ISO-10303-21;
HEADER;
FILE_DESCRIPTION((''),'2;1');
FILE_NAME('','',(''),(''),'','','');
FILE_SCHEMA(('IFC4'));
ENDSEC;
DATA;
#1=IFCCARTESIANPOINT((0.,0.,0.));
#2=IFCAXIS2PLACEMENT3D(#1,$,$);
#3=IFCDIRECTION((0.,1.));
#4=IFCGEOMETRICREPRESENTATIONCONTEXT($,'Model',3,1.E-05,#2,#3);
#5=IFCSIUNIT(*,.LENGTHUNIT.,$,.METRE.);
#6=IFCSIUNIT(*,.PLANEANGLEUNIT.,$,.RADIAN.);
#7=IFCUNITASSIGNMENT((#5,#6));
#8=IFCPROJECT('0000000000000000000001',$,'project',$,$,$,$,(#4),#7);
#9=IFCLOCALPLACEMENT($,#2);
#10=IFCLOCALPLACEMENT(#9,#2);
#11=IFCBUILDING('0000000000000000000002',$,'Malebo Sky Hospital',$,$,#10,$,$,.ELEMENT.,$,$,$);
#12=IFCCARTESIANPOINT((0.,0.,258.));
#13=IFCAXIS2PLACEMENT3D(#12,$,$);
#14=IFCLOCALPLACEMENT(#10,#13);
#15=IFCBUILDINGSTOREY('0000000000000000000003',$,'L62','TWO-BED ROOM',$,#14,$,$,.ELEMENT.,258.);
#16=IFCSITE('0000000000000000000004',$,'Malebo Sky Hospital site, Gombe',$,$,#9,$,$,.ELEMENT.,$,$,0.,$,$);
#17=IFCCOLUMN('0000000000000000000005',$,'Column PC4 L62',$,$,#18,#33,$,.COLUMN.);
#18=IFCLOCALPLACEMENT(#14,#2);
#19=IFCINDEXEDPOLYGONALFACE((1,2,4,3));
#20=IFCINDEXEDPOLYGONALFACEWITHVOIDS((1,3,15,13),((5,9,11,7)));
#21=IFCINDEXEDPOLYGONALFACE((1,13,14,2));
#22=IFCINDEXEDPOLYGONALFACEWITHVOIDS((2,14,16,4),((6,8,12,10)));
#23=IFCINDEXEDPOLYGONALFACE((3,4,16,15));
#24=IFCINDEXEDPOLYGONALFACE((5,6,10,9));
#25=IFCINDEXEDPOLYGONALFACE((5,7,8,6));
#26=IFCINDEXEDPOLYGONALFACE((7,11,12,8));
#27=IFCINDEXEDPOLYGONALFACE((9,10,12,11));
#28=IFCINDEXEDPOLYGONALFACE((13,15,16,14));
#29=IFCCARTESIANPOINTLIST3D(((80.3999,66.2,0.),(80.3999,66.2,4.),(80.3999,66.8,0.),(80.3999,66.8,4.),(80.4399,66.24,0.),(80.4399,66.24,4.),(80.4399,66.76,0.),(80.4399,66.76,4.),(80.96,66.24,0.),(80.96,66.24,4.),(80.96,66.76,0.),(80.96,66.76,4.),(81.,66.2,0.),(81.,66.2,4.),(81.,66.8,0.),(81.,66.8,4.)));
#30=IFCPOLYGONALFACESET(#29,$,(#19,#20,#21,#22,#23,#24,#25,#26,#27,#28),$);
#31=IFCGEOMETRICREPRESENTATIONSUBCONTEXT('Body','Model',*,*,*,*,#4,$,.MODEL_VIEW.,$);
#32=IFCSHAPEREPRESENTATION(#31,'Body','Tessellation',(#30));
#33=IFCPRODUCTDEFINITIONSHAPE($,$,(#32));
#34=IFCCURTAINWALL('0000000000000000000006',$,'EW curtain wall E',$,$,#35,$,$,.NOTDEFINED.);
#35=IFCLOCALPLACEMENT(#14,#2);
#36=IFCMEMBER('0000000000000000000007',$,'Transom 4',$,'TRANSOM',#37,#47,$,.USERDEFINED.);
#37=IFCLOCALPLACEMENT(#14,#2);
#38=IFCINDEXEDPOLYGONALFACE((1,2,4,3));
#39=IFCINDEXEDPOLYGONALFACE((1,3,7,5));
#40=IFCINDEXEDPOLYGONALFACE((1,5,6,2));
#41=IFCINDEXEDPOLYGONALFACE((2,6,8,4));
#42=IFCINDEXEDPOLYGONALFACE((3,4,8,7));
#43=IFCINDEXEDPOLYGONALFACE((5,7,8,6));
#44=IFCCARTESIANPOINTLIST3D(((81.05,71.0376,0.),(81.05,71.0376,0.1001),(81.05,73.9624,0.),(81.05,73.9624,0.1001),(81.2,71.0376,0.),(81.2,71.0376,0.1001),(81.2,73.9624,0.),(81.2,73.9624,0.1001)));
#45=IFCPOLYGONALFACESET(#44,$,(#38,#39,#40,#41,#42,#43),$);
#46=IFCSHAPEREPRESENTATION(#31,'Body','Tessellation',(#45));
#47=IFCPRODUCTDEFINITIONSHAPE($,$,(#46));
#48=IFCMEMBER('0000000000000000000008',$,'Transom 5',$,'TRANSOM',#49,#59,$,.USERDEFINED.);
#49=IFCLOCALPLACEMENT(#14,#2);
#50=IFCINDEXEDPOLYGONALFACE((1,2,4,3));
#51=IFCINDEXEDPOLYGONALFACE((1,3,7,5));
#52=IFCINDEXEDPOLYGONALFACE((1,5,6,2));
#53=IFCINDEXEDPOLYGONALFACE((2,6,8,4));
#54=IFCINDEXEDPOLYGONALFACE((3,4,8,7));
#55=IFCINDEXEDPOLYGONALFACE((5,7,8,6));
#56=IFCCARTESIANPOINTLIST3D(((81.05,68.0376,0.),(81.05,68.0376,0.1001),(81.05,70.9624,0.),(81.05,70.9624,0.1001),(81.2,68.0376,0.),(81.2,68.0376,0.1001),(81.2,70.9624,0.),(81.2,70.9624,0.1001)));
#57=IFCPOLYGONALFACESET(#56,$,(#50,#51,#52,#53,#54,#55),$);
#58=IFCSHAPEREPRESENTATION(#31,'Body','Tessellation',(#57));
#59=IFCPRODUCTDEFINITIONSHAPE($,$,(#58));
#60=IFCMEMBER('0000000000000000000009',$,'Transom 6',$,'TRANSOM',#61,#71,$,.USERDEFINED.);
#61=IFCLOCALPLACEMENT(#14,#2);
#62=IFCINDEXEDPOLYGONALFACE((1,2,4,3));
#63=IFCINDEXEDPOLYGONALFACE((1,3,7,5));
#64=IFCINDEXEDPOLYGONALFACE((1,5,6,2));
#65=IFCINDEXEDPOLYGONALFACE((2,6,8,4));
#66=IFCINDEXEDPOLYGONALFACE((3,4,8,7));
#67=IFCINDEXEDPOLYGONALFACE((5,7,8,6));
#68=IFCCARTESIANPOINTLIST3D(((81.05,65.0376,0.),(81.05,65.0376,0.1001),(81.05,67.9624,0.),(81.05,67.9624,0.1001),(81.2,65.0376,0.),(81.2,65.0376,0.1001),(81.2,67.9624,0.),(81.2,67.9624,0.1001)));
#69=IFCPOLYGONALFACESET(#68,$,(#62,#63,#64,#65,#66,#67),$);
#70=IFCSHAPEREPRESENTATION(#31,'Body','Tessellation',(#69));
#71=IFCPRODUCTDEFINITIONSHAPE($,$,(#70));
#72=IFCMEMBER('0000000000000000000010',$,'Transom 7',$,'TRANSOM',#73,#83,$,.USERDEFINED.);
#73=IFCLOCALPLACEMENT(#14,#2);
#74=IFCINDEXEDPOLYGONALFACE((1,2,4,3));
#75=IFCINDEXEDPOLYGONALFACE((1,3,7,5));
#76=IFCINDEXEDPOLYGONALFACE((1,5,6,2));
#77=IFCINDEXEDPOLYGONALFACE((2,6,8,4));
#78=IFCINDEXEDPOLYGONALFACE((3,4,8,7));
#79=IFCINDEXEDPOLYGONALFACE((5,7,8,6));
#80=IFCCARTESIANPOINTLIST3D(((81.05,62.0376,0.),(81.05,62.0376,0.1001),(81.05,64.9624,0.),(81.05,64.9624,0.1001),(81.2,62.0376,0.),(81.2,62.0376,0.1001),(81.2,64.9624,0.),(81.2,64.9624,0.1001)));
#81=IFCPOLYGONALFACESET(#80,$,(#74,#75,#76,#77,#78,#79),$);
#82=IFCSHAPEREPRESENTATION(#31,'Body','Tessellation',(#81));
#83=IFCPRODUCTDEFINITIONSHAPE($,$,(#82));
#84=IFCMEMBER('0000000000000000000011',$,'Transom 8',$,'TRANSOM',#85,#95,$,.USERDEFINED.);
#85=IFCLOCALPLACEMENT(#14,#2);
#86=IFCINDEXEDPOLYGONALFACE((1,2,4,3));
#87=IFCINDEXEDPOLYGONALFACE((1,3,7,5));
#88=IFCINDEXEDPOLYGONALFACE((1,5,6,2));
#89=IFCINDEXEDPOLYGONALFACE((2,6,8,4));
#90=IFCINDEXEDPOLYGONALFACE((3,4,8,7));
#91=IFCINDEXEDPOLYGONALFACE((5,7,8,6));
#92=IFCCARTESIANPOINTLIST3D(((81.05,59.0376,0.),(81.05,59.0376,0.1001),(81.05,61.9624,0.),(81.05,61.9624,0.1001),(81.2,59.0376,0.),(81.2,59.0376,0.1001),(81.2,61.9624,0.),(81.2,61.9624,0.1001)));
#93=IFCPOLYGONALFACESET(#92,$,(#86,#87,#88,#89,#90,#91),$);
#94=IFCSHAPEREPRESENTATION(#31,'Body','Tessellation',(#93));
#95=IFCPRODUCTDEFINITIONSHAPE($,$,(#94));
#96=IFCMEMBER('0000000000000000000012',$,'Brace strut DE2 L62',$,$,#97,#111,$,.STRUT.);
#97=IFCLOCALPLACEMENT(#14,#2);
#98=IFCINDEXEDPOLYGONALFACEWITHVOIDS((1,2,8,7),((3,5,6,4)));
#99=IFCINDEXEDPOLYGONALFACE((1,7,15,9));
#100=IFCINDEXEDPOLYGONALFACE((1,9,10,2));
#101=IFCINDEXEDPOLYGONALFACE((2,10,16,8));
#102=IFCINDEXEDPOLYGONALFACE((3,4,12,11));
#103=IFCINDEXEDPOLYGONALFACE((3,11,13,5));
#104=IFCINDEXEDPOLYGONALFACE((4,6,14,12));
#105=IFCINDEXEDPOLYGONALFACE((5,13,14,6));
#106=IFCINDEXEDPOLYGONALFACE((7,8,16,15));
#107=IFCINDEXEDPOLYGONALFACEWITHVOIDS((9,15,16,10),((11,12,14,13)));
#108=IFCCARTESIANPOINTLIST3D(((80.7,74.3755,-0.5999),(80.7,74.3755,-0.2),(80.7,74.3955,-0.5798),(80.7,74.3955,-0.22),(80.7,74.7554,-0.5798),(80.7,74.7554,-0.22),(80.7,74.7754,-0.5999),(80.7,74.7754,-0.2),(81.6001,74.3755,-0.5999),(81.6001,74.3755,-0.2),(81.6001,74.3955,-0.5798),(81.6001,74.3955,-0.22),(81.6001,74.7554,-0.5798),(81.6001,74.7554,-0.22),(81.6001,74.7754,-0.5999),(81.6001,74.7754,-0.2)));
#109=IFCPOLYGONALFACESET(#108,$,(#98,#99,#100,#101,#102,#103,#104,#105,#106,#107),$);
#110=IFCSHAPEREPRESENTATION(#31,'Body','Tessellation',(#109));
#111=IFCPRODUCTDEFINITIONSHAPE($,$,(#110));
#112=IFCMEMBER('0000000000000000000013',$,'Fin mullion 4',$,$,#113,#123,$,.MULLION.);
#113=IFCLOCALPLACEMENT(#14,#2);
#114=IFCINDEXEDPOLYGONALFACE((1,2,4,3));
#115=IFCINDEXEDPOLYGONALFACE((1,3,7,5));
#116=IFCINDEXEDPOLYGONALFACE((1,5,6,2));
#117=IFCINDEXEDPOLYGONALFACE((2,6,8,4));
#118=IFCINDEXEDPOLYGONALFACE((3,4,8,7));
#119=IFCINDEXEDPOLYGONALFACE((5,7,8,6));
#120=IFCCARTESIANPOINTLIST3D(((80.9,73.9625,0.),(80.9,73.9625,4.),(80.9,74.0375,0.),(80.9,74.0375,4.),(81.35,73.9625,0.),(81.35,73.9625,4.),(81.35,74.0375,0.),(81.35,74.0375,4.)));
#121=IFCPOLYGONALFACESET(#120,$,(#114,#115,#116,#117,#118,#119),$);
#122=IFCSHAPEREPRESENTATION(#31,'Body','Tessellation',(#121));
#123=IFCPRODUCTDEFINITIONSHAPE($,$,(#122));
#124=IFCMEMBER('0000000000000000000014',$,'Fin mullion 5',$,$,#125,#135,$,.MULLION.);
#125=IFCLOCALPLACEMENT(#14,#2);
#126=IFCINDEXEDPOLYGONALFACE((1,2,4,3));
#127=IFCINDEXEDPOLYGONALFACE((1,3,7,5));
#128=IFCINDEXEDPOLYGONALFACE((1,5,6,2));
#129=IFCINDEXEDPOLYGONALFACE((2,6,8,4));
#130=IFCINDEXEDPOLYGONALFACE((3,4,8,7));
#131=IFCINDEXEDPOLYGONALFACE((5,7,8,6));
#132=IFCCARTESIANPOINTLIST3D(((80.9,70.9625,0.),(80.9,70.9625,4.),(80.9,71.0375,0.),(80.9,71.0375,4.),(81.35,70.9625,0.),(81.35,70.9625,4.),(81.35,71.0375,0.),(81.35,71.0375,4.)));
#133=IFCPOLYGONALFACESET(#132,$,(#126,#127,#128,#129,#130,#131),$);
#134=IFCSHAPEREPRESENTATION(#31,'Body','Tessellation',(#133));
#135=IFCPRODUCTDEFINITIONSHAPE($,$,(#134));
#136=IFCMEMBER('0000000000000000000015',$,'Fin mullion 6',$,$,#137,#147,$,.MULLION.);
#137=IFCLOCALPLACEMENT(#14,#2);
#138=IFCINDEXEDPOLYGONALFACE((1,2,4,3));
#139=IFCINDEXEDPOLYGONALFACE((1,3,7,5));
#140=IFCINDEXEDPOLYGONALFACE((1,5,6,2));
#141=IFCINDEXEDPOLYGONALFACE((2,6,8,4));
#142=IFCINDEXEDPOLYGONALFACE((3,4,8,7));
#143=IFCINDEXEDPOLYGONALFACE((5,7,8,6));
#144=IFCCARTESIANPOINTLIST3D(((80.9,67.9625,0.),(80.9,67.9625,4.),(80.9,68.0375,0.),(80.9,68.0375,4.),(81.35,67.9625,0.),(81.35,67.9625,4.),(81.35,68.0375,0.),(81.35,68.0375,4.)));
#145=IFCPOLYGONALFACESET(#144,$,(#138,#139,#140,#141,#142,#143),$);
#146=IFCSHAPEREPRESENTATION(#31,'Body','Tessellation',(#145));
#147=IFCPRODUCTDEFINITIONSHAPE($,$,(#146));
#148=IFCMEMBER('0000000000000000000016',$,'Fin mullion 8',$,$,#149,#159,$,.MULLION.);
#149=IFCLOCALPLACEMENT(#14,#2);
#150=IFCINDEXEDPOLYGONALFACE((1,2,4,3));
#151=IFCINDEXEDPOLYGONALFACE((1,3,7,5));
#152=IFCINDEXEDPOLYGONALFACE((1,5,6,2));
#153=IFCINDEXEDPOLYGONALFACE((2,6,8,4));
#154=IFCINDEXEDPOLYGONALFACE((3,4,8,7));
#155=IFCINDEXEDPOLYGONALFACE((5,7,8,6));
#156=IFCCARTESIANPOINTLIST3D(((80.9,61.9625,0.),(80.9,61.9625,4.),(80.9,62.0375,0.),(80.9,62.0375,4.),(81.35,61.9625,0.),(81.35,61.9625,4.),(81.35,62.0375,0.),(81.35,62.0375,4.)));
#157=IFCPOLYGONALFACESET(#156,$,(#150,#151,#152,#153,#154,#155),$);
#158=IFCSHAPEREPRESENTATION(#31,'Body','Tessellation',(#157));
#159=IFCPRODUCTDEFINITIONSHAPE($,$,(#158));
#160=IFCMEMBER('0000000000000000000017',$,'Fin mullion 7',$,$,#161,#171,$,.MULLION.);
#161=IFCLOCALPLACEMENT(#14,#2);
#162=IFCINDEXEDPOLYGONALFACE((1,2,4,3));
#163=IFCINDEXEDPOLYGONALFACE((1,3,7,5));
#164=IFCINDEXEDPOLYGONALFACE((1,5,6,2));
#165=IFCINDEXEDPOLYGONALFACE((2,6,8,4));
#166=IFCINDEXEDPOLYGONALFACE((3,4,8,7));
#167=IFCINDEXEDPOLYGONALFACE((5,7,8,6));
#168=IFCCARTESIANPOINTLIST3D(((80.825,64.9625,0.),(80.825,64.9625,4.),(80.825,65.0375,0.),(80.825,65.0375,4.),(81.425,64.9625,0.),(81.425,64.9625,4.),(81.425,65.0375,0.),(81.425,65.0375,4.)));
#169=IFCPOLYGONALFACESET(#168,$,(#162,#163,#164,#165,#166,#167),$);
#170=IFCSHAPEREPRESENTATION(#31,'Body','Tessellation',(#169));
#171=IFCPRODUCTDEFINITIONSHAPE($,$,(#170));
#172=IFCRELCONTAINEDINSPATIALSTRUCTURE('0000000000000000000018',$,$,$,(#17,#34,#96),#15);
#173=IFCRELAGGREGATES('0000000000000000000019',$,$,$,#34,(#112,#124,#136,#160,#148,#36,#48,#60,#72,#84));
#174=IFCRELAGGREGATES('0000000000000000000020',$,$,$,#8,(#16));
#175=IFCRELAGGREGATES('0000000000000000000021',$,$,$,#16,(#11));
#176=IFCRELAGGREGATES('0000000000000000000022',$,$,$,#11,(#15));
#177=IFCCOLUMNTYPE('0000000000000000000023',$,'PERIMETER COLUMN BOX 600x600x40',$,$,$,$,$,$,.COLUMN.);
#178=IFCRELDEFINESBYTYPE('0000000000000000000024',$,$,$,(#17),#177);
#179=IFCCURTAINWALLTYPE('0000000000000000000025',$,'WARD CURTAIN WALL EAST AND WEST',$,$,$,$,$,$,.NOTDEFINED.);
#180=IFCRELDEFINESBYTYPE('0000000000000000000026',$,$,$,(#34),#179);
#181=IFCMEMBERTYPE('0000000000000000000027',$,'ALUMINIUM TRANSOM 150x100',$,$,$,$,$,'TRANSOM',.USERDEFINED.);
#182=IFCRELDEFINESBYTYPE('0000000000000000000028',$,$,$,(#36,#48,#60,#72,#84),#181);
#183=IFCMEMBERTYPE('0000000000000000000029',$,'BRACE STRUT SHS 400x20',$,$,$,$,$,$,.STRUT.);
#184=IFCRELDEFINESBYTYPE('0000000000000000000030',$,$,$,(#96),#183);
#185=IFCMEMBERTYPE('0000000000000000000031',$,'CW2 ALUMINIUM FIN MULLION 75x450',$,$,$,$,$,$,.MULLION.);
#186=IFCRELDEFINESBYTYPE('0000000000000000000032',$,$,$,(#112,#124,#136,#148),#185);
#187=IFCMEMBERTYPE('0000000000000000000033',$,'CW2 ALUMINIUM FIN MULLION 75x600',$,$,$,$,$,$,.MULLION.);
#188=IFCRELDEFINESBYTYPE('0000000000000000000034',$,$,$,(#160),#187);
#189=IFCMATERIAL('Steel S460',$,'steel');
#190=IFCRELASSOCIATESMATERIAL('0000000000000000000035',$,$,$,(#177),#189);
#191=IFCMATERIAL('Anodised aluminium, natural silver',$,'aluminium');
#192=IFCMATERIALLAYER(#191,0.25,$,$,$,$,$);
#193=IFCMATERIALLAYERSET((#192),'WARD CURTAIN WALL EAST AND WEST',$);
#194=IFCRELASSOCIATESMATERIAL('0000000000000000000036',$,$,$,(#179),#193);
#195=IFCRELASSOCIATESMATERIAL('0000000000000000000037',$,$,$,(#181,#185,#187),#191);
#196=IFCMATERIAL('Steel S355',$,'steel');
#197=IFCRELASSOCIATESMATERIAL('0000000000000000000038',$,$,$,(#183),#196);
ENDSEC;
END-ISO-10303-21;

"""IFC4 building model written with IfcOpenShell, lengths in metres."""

from ifc_helpers import new_model, si_unit, direction, frame, origin, origin_2d, place, context, subcontext, project, spatial, rectangle, hollow_rectangle, extrude, material, layer, layer_set, material_profile, profile_set, type_object, element, aggregate, save


model = new_model("IFC4")

# Units and contexts
model_context = context("Model", 3, precision=1e-05, world=origin(), true_north=direction((0.0, 1.0)))
body_context = subcontext(model_context, "Body", "Model", "MODEL_VIEW")
ifc_project = project(units=[si_unit("LENGTHUNIT", "METRE"), si_unit("PLANEANGLEUNIT", "RADIAN")], contexts=[model_context])

# Site, building, storey
site_placement = place(None, origin())
site = spatial("IfcSite", under=ifc_project, at=site_placement, Name="Malebo Sky Hospital site, Gombe", CompositionType="ELEMENT", RefElevation=0.0)
building_placement = place(site_placement, origin())
building = spatial("IfcBuilding", under=site, at=building_placement, Name="Malebo Sky Hospital", CompositionType="ELEMENT")
storey_placement = place(building_placement, frame((0.0, 0.0, 258.0)))
storey = spatial("IfcBuildingStorey", under=building, at=storey_placement, Name="L62", Description="TWO-BED ROOM", CompositionType="ELEMENT", Elevation=258.0)

# Column
ifc_material_1 = material(Name="Steel S460", Category="steel")
ifc_material_profile_1 = material_profile(ifc_material_1, hollow_rectangle(XDim=0.6001, YDim=0.6001, WallThickness=0.04, at=origin_2d()), Name="BOX 600x600x40")
ifc_profile_set_1 = profile_set([ifc_material_profile_1], Name="Steel S460")
column_type = type_object("IfcColumnType", Name="PERIMETER COLUMN BOX 600x600x40", PredefinedType="COLUMN", material=ifc_profile_set_1)
column_placement = place(storey_placement, frame((80.7, 66.5, 0.0), z_axis=(0.0, 0.0, 1.0), x_axis=(1.0, 0.0, 0.0)))
element("IfcColumn", 1, at=column_placement, inside=storey, type_object=column_type, Name="Column PC4 L62", PredefinedType="COLUMN", context=body_context, shape_type="SweptSolid", body=[
    extrude(hollow_rectangle(XDim=0.6001, YDim=0.6001, WallThickness=0.04, at=origin_2d()), origin(), (0.0, 0.0, 1.0), 4.0),
])

# Curtain wall, members
ifc_material_2 = material(Name="Anodised aluminium, natural silver", Category="aluminium")
ifc_layer_1 = layer(ifc_material_2, 0.25)
ifc_layer_set_1 = layer_set([ifc_layer_1], Name="WARD CURTAIN WALL EAST AND WEST")
curtain_wall_type = type_object("IfcCurtainWallType", Name="WARD CURTAIN WALL EAST AND WEST", PredefinedType="NOTDEFINED", material=ifc_layer_set_1)
curtain_wall_placement = place(storey_placement, origin())
curtain_wall = element("IfcCurtainWall", 2, at=curtain_wall_placement, inside=storey, type_object=curtain_wall_type, Name="EW curtain wall E", PredefinedType="NOTDEFINED")
ifc_material_profile_2 = material_profile(ifc_material_2, rectangle(XDim=0.1499, YDim=0.1001, at=origin_2d()), Name="ALUMINIUM TRANSOM 150x100")
ifc_profile_set_2 = profile_set([ifc_material_profile_2], Name="Anodised aluminium, natural silver")
member_type_1 = type_object("IfcMemberType", Name="ALUMINIUM TRANSOM 150x100", ElementType="TRANSOM", PredefinedType="USERDEFINED", material=ifc_profile_set_2)
member_1_placement = place(storey_placement, frame((81.125, 73.9624, 0.05), z_axis=(0.0, -1.0, 0.0), x_axis=(1.0, 0.0, 0.0)))
member_1 = element("IfcMember", 3, at=member_1_placement, type_object=member_type_1, Name="Transom 4", ObjectType="TRANSOM", PredefinedType="USERDEFINED", context=body_context, shape_type="SweptSolid", body=[
    extrude(rectangle(XDim=0.1499, YDim=0.1001, at=origin_2d()), origin(), (0.0, 0.0, 1.0), 2.9248),
])
member_2_placement = place(storey_placement, frame((81.125, 70.9624, 0.05), z_axis=(0.0, -1.0, 0.0), x_axis=(1.0, 0.0, 0.0)))
member_2 = element("IfcMember", 4, at=member_2_placement, type_object=member_type_1, Name="Transom 5", ObjectType="TRANSOM", PredefinedType="USERDEFINED", context=body_context, shape_type="SweptSolid", body=[
    extrude(rectangle(XDim=0.1499, YDim=0.1001, at=origin_2d()), origin(), (0.0, 0.0, 1.0), 2.9248),
])
member_3_placement = place(storey_placement, frame((81.125, 67.9624, 0.05), z_axis=(0.0, -1.0, 0.0), x_axis=(1.0, 0.0, 0.0)))
member_3 = element("IfcMember", 5, at=member_3_placement, type_object=member_type_1, Name="Transom 6", ObjectType="TRANSOM", PredefinedType="USERDEFINED", context=body_context, shape_type="SweptSolid", body=[
    extrude(rectangle(XDim=0.1499, YDim=0.1001, at=origin_2d()), origin(), (0.0, 0.0, 1.0), 2.9248),
])
member_4_placement = place(storey_placement, frame((81.125, 64.9624, 0.05), z_axis=(0.0, -1.0, 0.0), x_axis=(1.0, 0.0, 0.0)))
member_4 = element("IfcMember", 6, at=member_4_placement, type_object=member_type_1, Name="Transom 7", ObjectType="TRANSOM", PredefinedType="USERDEFINED", context=body_context, shape_type="SweptSolid", body=[
    extrude(rectangle(XDim=0.1499, YDim=0.1001, at=origin_2d()), origin(), (0.0, 0.0, 1.0), 2.9248),
])
member_5_placement = place(storey_placement, frame((81.125, 61.9624, 0.05), z_axis=(0.0, -1.0, 0.0), x_axis=(1.0, 0.0, 0.0)))
member_5 = element("IfcMember", 7, at=member_5_placement, type_object=member_type_1, Name="Transom 8", ObjectType="TRANSOM", PredefinedType="USERDEFINED", context=body_context, shape_type="SweptSolid", body=[
    extrude(rectangle(XDim=0.1499, YDim=0.1001, at=origin_2d()), origin(), (0.0, 0.0, 1.0), 2.9248),
])

# Members
ifc_material_3 = material(Name="Steel S355", Category="steel")
ifc_material_profile_3 = material_profile(ifc_material_3, hollow_rectangle(XDim=0.3999, YDim=0.3999, WallThickness=0.02, at=origin_2d()), Name="SHS 400x20")
ifc_profile_set_3 = profile_set([ifc_material_profile_3], Name="Steel S355")
member_type_2 = type_object("IfcMemberType", Name="BRACE STRUT SHS 400x20", PredefinedType="STRUT", material=ifc_profile_set_3)
member_6_placement = place(storey_placement, frame((81.6001, 74.5754, -0.3999), z_axis=(-1.0, 0.0, 0.0), x_axis=(0.0, -1.0, 0.0)))
element("IfcMember", 8, at=member_6_placement, inside=storey, type_object=member_type_2, Name="Brace strut DE2 L62", PredefinedType="STRUT", context=body_context, shape_type="SweptSolid", body=[
    extrude(hollow_rectangle(XDim=0.3999, YDim=0.3999, WallThickness=0.02, at=origin_2d()), origin(), (0.0, 0.0, 1.0), 0.9001),
])
ifc_material_profile_4 = material_profile(ifc_material_2, rectangle(XDim=0.075, YDim=0.45, at=origin_2d()), Name="CW2 ALUMINIUM FIN MULLION 75x450")
ifc_profile_set_4 = profile_set([ifc_material_profile_4], Name="Anodised aluminium, natural silver")
member_type_3 = type_object("IfcMemberType", Name="CW2 ALUMINIUM FIN MULLION 75x450", PredefinedType="MULLION", material=ifc_profile_set_4)
member_7_placement = place(storey_placement, frame((81.125, 74.0, 0.0), z_axis=(0.0, 0.0, 1.0), x_axis=(0.0, -1.0, 0.0)))
member_7 = element("IfcMember", 9, at=member_7_placement, type_object=member_type_3, Name="Fin mullion 4", PredefinedType="MULLION", context=body_context, shape_type="SweptSolid", body=[
    extrude(rectangle(XDim=0.075, YDim=0.45, at=origin_2d()), origin(), (0.0, 0.0, 1.0), 4.0),
])
member_8_placement = place(storey_placement, frame((81.125, 71.0, 0.0), z_axis=(0.0, 0.0, 1.0), x_axis=(0.0, -1.0, 0.0)))
member_8 = element("IfcMember", 10, at=member_8_placement, type_object=member_type_3, Name="Fin mullion 5", PredefinedType="MULLION", context=body_context, shape_type="SweptSolid", body=[
    extrude(rectangle(XDim=0.075, YDim=0.45, at=origin_2d()), origin(), (0.0, 0.0, 1.0), 4.0),
])
member_9_placement = place(storey_placement, frame((81.125, 68.0, 0.0), z_axis=(0.0, 0.0, 1.0), x_axis=(0.0, -1.0, 0.0)))
member_9 = element("IfcMember", 11, at=member_9_placement, type_object=member_type_3, Name="Fin mullion 6", PredefinedType="MULLION", context=body_context, shape_type="SweptSolid", body=[
    extrude(rectangle(XDim=0.075, YDim=0.45, at=origin_2d()), origin(), (0.0, 0.0, 1.0), 4.0),
])
member_10_placement = place(storey_placement, frame((81.125, 62.0, 0.0), z_axis=(0.0, 0.0, 1.0), x_axis=(0.0, -1.0, 0.0)))
member_10 = element("IfcMember", 12, at=member_10_placement, type_object=member_type_3, Name="Fin mullion 8", PredefinedType="MULLION", context=body_context, shape_type="SweptSolid", body=[
    extrude(rectangle(XDim=0.075, YDim=0.45, at=origin_2d()), origin(), (0.0, 0.0, 1.0), 4.0),
])
ifc_material_profile_5 = material_profile(ifc_material_2, rectangle(XDim=0.075, YDim=0.6001, at=origin_2d()), Name="CW2 ALUMINIUM FIN MULLION 75x600")
ifc_profile_set_5 = profile_set([ifc_material_profile_5], Name="Anodised aluminium, natural silver")
member_type_4 = type_object("IfcMemberType", Name="CW2 ALUMINIUM FIN MULLION 75x600", PredefinedType="MULLION", material=ifc_profile_set_5)
member_11_placement = place(storey_placement, frame((81.125, 65.0, 0.0), z_axis=(0.0, 0.0, 1.0), x_axis=(0.0, -1.0, 0.0)))
member_11 = element("IfcMember", 13, at=member_11_placement, type_object=member_type_4, Name="Fin mullion 7", PredefinedType="MULLION", context=body_context, shape_type="SweptSolid", body=[
    extrude(rectangle(XDim=0.075, YDim=0.6001, at=origin_2d()), origin(), (0.0, 0.0, 1.0), 4.0),
])

aggregate(curtain_wall, [member_7, member_8, member_9, member_11, member_10, member_1, member_2, member_3, member_4, member_5])

save(model, "model.ifc")
